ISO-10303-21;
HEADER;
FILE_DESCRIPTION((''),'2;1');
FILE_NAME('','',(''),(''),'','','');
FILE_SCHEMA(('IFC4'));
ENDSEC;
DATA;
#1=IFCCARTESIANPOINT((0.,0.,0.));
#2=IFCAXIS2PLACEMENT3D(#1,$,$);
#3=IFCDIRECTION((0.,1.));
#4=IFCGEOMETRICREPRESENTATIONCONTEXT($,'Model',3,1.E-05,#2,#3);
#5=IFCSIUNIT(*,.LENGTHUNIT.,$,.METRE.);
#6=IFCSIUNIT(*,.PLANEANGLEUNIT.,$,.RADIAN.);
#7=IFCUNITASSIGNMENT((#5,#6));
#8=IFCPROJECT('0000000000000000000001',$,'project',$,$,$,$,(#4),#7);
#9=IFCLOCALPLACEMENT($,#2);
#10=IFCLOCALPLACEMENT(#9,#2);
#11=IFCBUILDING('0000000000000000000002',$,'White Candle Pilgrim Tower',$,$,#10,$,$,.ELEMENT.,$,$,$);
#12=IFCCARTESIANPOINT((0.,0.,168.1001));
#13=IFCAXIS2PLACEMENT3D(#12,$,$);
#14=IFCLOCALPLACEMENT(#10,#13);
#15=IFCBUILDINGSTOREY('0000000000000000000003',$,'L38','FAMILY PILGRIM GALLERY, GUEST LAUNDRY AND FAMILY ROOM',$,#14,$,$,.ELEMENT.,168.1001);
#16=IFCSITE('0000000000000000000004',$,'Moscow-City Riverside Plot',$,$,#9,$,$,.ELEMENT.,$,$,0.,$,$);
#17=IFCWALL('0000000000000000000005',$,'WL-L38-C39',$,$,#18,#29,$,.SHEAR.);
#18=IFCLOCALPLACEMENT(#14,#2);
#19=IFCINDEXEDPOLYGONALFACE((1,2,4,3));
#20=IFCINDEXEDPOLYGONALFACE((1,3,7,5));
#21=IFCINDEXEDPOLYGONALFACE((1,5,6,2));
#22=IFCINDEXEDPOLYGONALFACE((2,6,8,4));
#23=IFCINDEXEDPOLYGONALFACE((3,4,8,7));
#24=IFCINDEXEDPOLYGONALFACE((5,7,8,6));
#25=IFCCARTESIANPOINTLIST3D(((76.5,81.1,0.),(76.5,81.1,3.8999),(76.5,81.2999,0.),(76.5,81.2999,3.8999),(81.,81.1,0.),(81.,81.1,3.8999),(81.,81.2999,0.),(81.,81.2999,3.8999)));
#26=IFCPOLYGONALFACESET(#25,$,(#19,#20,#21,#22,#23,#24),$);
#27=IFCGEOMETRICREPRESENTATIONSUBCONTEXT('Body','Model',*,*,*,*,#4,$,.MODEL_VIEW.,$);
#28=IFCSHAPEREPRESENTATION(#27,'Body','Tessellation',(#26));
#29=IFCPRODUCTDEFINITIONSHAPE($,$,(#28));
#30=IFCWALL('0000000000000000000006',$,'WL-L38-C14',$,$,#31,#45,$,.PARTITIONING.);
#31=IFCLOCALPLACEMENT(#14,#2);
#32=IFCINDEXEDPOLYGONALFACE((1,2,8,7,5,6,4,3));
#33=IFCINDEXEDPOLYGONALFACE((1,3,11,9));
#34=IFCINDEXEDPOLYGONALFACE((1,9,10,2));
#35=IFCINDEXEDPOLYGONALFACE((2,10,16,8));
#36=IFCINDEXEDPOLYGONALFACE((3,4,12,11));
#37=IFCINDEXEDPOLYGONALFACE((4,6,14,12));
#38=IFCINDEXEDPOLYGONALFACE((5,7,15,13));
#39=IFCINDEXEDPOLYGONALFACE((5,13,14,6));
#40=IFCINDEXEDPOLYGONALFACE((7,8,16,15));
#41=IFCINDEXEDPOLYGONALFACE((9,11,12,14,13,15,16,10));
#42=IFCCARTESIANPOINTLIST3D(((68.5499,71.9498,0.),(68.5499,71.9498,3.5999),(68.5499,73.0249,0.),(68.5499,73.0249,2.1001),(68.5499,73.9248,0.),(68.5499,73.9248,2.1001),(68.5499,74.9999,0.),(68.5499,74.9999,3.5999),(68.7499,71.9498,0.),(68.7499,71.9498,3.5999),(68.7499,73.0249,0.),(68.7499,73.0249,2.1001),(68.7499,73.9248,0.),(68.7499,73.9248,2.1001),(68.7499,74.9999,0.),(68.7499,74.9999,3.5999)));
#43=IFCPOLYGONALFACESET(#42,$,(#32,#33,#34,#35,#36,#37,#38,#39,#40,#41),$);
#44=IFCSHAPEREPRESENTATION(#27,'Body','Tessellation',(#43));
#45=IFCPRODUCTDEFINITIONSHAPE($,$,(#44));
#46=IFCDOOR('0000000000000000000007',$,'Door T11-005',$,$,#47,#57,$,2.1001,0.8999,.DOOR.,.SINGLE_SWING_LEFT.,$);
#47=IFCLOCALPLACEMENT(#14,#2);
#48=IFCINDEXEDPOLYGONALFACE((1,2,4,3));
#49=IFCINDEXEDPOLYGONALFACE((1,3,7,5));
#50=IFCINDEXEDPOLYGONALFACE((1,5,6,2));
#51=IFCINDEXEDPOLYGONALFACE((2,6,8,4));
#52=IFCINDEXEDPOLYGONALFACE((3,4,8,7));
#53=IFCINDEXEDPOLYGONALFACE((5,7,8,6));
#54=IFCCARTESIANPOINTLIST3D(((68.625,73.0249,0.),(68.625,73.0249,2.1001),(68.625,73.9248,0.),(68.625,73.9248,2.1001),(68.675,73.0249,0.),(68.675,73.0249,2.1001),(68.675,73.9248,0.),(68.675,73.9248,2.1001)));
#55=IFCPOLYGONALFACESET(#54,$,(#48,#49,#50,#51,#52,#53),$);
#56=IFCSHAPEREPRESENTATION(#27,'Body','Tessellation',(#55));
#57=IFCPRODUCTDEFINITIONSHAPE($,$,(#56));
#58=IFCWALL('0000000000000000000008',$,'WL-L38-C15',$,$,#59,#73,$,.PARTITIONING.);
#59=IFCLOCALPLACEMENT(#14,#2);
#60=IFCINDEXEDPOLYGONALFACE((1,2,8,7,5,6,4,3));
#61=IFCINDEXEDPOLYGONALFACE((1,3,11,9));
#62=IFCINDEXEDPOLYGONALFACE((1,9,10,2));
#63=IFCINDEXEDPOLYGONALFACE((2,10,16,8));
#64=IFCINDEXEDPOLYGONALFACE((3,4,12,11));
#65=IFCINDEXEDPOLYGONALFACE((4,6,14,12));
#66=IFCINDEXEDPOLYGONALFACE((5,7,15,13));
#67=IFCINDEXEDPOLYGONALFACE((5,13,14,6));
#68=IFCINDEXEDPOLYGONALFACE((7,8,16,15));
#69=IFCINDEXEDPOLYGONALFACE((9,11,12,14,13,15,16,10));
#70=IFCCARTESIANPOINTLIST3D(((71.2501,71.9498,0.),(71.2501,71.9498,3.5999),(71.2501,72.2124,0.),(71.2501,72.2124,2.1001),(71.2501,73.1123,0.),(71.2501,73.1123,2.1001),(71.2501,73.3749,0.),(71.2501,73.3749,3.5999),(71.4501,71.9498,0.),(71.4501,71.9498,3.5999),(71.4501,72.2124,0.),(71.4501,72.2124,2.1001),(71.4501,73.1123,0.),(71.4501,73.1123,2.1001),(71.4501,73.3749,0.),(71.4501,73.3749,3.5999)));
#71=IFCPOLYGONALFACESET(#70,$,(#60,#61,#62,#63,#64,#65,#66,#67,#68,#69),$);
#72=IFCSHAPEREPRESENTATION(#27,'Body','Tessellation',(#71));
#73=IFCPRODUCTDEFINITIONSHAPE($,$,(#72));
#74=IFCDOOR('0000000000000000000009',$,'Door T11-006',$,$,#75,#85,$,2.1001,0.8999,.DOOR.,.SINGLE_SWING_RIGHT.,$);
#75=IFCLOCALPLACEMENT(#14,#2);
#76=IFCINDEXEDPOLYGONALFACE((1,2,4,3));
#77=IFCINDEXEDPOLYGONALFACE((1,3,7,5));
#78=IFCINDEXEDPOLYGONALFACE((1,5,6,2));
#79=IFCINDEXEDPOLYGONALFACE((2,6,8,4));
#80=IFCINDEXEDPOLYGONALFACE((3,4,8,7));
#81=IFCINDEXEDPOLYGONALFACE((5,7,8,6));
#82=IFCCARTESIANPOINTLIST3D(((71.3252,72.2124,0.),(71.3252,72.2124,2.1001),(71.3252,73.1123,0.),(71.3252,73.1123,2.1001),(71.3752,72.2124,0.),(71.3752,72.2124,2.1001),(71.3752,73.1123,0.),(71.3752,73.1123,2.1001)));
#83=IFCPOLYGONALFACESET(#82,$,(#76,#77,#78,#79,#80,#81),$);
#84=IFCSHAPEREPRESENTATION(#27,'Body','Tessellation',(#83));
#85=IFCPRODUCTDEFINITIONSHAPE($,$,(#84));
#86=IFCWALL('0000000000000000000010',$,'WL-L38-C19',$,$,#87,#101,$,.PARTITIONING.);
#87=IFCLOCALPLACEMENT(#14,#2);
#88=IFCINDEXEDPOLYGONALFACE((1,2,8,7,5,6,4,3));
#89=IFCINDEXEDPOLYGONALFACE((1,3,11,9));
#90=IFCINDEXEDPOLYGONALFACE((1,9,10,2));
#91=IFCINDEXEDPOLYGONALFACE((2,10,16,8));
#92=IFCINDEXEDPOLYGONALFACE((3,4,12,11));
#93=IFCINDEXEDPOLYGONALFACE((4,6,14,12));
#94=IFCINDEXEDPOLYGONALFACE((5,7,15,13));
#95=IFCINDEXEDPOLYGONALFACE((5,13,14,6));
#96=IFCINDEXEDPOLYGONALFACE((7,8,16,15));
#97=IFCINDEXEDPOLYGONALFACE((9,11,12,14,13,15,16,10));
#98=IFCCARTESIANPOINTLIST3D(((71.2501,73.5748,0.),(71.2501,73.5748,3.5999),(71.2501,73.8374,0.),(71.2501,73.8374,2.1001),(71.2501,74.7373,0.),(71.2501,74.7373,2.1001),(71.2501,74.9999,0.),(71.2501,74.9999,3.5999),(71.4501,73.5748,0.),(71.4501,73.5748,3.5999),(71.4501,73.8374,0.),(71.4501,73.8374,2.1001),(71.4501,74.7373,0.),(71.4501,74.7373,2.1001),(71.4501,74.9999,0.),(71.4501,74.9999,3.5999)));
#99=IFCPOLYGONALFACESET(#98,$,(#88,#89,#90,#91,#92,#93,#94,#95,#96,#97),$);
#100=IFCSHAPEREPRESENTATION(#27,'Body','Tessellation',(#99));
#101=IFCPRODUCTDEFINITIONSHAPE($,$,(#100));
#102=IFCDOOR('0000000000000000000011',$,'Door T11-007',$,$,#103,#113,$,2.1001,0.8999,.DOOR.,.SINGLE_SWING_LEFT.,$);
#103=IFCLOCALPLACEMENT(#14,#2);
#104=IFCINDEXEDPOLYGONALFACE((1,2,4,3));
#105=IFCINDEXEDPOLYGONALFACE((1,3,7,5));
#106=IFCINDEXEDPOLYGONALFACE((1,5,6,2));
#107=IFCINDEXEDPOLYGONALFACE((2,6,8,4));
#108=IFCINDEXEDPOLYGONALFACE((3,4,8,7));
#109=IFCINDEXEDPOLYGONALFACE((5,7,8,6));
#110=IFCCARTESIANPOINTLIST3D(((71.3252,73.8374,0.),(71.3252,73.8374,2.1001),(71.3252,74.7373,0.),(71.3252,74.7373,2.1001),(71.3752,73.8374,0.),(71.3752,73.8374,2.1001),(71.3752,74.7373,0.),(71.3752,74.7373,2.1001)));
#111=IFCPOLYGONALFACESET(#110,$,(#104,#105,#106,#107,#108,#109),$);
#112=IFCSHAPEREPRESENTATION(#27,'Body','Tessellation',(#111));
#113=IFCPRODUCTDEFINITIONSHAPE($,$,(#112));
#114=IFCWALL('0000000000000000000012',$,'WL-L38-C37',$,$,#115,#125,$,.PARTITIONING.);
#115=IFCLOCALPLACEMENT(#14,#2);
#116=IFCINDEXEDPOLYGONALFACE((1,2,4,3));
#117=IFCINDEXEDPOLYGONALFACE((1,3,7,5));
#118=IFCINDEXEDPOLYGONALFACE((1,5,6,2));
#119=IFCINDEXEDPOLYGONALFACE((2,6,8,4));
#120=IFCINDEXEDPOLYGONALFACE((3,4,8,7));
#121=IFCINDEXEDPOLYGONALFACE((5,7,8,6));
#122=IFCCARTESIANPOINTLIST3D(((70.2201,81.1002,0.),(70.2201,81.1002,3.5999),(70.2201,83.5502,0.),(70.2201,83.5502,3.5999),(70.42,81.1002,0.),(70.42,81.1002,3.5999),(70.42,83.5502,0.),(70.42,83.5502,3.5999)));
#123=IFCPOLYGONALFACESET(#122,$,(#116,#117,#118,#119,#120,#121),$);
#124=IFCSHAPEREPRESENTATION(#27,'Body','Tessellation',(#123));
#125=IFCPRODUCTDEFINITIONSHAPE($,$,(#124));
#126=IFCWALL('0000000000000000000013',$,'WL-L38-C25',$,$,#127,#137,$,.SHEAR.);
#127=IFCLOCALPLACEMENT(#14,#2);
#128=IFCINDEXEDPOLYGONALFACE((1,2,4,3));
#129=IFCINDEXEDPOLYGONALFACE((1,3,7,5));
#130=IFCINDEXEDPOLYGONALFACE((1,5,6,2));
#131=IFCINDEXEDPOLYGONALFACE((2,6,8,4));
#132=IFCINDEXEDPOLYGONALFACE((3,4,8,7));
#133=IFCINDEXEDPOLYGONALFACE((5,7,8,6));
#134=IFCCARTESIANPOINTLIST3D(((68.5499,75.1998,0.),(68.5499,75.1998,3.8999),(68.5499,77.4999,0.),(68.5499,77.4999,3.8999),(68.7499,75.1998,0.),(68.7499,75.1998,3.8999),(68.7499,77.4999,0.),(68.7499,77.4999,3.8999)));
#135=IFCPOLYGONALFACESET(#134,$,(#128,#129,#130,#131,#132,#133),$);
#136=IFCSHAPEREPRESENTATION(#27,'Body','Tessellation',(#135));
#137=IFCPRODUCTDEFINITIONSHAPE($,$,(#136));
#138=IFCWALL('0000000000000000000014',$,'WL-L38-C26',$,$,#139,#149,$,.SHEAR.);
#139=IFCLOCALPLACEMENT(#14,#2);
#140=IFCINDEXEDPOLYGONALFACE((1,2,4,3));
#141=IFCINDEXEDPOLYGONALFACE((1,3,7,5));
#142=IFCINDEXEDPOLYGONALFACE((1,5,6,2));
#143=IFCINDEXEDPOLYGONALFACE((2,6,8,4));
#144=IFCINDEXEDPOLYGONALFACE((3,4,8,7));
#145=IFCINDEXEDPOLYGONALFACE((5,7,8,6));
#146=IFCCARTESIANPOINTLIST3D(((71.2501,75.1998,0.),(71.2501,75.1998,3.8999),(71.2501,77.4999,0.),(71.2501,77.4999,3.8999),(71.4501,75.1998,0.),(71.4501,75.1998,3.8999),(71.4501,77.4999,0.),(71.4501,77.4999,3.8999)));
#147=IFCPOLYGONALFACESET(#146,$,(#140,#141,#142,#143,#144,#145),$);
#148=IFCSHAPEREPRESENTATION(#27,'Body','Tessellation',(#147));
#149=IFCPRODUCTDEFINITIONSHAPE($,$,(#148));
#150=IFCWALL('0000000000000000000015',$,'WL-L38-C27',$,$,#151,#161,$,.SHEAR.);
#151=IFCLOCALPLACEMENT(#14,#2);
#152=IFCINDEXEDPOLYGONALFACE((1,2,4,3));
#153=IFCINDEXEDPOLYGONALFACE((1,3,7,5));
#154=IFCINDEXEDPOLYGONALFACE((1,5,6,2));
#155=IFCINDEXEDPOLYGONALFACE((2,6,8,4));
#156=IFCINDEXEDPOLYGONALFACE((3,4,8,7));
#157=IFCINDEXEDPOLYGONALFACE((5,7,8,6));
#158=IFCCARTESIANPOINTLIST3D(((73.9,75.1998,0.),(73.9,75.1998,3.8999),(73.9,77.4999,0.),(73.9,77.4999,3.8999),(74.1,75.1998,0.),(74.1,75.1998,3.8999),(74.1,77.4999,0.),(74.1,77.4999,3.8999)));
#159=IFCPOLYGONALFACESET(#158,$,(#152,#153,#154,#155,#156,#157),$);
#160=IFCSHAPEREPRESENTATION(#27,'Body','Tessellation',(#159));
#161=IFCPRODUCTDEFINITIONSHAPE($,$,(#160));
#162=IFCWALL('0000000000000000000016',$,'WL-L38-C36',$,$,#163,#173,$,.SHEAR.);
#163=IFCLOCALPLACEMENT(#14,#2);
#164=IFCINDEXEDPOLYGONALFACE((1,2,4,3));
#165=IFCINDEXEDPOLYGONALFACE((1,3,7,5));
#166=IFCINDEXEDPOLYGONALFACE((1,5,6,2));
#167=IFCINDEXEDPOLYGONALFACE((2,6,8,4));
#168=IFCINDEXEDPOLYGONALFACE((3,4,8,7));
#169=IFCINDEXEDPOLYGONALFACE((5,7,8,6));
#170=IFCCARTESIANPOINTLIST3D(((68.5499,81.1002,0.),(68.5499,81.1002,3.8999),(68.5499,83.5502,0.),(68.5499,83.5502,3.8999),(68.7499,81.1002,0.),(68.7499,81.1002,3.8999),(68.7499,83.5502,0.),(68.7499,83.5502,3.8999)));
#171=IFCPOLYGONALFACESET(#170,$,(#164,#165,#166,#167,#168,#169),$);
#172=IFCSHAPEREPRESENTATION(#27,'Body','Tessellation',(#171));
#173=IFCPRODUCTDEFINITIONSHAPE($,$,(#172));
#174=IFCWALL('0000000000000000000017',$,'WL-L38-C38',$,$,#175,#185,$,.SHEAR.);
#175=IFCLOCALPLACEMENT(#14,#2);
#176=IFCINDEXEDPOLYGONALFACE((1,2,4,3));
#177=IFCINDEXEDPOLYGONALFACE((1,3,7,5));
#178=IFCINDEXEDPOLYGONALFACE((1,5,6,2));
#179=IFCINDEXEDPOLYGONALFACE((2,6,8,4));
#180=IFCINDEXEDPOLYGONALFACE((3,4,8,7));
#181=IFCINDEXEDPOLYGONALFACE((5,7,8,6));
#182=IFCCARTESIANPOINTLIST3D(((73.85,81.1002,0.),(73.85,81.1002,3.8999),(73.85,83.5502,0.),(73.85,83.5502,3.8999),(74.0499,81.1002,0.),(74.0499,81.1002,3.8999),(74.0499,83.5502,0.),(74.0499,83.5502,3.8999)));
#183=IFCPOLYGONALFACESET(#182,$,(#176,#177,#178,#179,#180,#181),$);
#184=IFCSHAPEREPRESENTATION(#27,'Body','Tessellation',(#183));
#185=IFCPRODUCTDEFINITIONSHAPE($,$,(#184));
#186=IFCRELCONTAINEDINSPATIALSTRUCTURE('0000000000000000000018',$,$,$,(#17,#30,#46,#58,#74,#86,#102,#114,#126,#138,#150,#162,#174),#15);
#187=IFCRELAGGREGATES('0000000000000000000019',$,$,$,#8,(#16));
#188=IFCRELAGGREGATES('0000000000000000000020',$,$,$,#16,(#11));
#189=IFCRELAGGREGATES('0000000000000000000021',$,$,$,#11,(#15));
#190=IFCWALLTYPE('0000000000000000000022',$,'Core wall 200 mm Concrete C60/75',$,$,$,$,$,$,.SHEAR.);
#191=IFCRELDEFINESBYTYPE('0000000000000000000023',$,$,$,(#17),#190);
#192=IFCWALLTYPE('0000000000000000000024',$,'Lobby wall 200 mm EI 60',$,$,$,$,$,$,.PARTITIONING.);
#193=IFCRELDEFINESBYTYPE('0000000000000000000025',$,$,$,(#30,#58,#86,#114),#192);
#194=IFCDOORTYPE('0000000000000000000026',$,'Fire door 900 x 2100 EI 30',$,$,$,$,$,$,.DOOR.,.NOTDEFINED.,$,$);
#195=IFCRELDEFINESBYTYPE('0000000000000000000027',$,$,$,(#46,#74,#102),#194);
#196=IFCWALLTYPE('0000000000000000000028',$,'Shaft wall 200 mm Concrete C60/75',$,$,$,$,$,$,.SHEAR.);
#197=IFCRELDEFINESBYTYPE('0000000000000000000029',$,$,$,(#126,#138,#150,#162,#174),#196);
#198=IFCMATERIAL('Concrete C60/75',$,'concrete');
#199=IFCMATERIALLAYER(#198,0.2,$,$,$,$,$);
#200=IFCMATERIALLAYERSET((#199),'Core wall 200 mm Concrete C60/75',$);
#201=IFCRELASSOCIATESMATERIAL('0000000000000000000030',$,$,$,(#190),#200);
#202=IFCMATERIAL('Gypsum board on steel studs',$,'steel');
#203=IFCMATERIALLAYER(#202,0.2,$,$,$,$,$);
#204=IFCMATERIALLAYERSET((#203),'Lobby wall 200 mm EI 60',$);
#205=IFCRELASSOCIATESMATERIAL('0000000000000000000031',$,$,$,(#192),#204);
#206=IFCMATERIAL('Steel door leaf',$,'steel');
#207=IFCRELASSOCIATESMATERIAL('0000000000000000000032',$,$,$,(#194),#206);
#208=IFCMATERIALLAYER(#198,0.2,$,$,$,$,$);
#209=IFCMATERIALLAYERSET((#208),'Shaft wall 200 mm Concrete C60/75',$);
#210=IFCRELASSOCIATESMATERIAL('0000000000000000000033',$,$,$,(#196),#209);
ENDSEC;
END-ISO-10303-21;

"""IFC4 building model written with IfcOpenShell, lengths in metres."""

from ifc_helpers import new_model, si_unit, direction, frame, frame_2d, origin, place, context, subcontext, project, spatial, rectangle, extrude, material, layer, layer_set, type_object, element, fill, save


model = new_model("IFC4")

# Units and contexts
model_context = context("Model", 3, precision=1e-05, world=origin(), true_north=direction((0.0, 1.0)))
body_context = subcontext(model_context, "Body", "Model", "MODEL_VIEW")
ifc_project = project(units=[si_unit("LENGTHUNIT", "METRE"), si_unit("PLANEANGLEUNIT", "RADIAN")], contexts=[model_context])

# Site, building, storey
site_placement = place(None, origin())
site = spatial("IfcSite", under=ifc_project, at=site_placement, Name="Moscow-City Riverside Plot", CompositionType="ELEMENT", RefElevation=0.0)
building_placement = place(site_placement, origin())
building = spatial("IfcBuilding", under=site, at=building_placement, Name="White Candle Pilgrim Tower", CompositionType="ELEMENT")
storey_placement = place(building_placement, frame((0.0, 0.0, 168.1001)))
storey = spatial("IfcBuildingStorey", under=building, at=storey_placement, Name="L38", Description="FAMILY PILGRIM GALLERY, GUEST LAUNDRY AND FAMILY ROOM", CompositionType="ELEMENT", Elevation=168.1001)

# Wall
ifc_material_1 = material(Name="Concrete C60/75", Category="concrete")
ifc_layer_1 = layer(ifc_material_1, 0.2)
ifc_layer_set_1 = layer_set([ifc_layer_1], Name="Core wall 200 mm Concrete C60/75")
wall_type_1 = type_object("IfcWallType", Name="Core wall 200 mm Concrete C60/75", PredefinedType="SHEAR", material=ifc_layer_set_1)
wall_1_placement = place(storey_placement, frame((76.5, 81.2, 0.0), z_axis=(0.0, 0.0, 1.0), x_axis=(1.0, 0.0, 0.0)))
element("IfcWall", 1, at=wall_1_placement, inside=storey, type_object=wall_type_1, Name="WL-L38-C39", PredefinedType="SHEAR", context=body_context, shape_type="SweptSolid", body=[
    extrude(rectangle(XDim=4.5, YDim=0.2, at=frame_2d((2.25, 0.0))), origin(), (0.0, 0.0, 1.0), 3.8999),
])

# Walls, openings, doors
ifc_material_2 = material(Name="Gypsum board on steel studs", Category="steel")
ifc_layer_2 = layer(ifc_material_2, 0.2)
ifc_layer_set_2 = layer_set([ifc_layer_2], Name="Lobby wall 200 mm EI 60")
wall_type_2 = type_object("IfcWallType", Name="Lobby wall 200 mm EI 60", PredefinedType="PARTITIONING", material=ifc_layer_set_2)
wall_2_placement = place(storey_placement, frame((68.6499, 71.95, 0.0), z_axis=(0.0, 0.0, 1.0), x_axis=(0.0, 1.0, 0.0)))
wall_2 = element("IfcWall", 2, at=wall_2_placement, inside=storey, type_object=wall_type_2, Name="WL-L38-C14", PredefinedType="PARTITIONING", context=body_context, shape_type="SweptSolid", body=[
    extrude(rectangle(XDim=3.05, YDim=0.2, at=frame_2d((1.5249, 0.0))), origin(), (0.0, 0.0, 1.0), 3.5999),
])
opening_1_placement = place(wall_2_placement, frame((1.075, 0.0, 0.0)))
opening_1 = element("IfcOpeningElement", 3, at=opening_1_placement, cuts=wall_2, PredefinedType="OPENING", context=body_context, shape_type="SweptSolid", body=[
    extrude(rectangle(XDim=0.8999, YDim=2.1001, at=frame_2d((0.45, 1.05))), frame((0.0, 0.1099, 0.0), z_axis=(0.0, -1.0, 0.0), x_axis=(1.0, 0.0, 0.0)), (0.0, 0.0, 1.0), 0.22),
])
ifc_material_3 = material(Name="Steel door leaf", Category="steel")
door_type_1 = type_object("IfcDoorType", Name="Fire door 900 x 2100 EI 30", OperationType="NOTDEFINED", PredefinedType="DOOR", material=ifc_material_3)
door_1_placement = place(opening_1_placement, origin())
door_1 = element("IfcDoor", 4, at=door_1_placement, inside=storey, type_object=door_type_1, Name="Door T11-005", OperationType="SINGLE_SWING_LEFT", OverallHeight=2.1001, OverallWidth=0.8999, PredefinedType="DOOR", context=body_context, shape_type="SweptSolid", body=[
    extrude(rectangle(XDim=0.8999, YDim=2.1001, at=frame_2d((0.45, 1.05))), frame((0.0, 0.0249, 0.0), z_axis=(0.0, -1.0, 0.0), x_axis=(1.0, 0.0, 0.0)), (0.0, 0.0, 1.0), 0.05),
])
fill(opening_1, door_1)
wall_3_placement = place(storey_placement, frame((71.3501, 71.95, 0.0), z_axis=(0.0, 0.0, 1.0), x_axis=(0.0, 1.0, 0.0)))
wall_3 = element("IfcWall", 5, at=wall_3_placement, inside=storey, type_object=wall_type_2, Name="WL-L38-C15", PredefinedType="PARTITIONING", context=body_context, shape_type="SweptSolid", body=[
    extrude(rectangle(XDim=1.425, YDim=0.2, at=frame_2d((0.7124, 0.0))), origin(), (0.0, 0.0, 1.0), 3.5999),
])
opening_2_placement = place(wall_3_placement, frame((0.2625, 0.0, 0.0)))
opening_2 = element("IfcOpeningElement", 6, at=opening_2_placement, cuts=wall_3, PredefinedType="OPENING", context=body_context, shape_type="SweptSolid", body=[
    extrude(rectangle(XDim=0.8999, YDim=2.1001, at=frame_2d((0.45, 1.05))), frame((0.0, 0.1099, 0.0), z_axis=(0.0, -1.0, 0.0), x_axis=(1.0, 0.0, 0.0)), (0.0, 0.0, 1.0), 0.22),
])
door_2_placement = place(opening_2_placement, origin())
door_2 = element("IfcDoor", 7, at=door_2_placement, inside=storey, type_object=door_type_1, Name="Door T11-006", OperationType="SINGLE_SWING_RIGHT", OverallHeight=2.1001, OverallWidth=0.8999, PredefinedType="DOOR", context=body_context, shape_type="SweptSolid", body=[
    extrude(rectangle(XDim=0.8999, YDim=2.1001, at=frame_2d((0.45, 1.05))), frame((0.0, 0.0249, 0.0), z_axis=(0.0, -1.0, 0.0), x_axis=(1.0, 0.0, 0.0)), (0.0, 0.0, 1.0), 0.05),
])
fill(opening_2, door_2)
wall_4_placement = place(storey_placement, frame((71.3501, 73.575, 0.0), z_axis=(0.0, 0.0, 1.0), x_axis=(0.0, 1.0, 0.0)))
wall_4 = element("IfcWall", 8, at=wall_4_placement, inside=storey, type_object=wall_type_2, Name="WL-L38-C19", PredefinedType="PARTITIONING", context=body_context, shape_type="SweptSolid", body=[
    extrude(rectangle(XDim=1.425, YDim=0.2, at=frame_2d((0.7124, 0.0))), origin(), (0.0, 0.0, 1.0), 3.5999),
])
opening_3_placement = place(wall_4_placement, frame((0.2625, 0.0, 0.0)))
opening_3 = element("IfcOpeningElement", 9, at=opening_3_placement, cuts=wall_4, PredefinedType="OPENING", context=body_context, shape_type="SweptSolid", body=[
    extrude(rectangle(XDim=0.8999, YDim=2.1001, at=frame_2d((0.45, 1.05))), frame((0.0, 0.1099, 0.0), z_axis=(0.0, -1.0, 0.0), x_axis=(1.0, 0.0, 0.0)), (0.0, 0.0, 1.0), 0.22),
])
door_3_placement = place(opening_3_placement, origin())
door_3 = element("IfcDoor", 10, at=door_3_placement, inside=storey, type_object=door_type_1, Name="Door T11-007", OperationType="SINGLE_SWING_LEFT", OverallHeight=2.1001, OverallWidth=0.8999, PredefinedType="DOOR", context=body_context, shape_type="SweptSolid", body=[
    extrude(rectangle(XDim=0.8999, YDim=2.1001, at=frame_2d((0.45, 1.05))), frame((0.0, 0.0249, 0.0), z_axis=(0.0, -1.0, 0.0), x_axis=(1.0, 0.0, 0.0)), (0.0, 0.0, 1.0), 0.05),
])
fill(opening_3, door_3)

# Walls
wall_5_placement = place(storey_placement, frame((70.3201, 81.1001, 0.0), z_axis=(0.0, 0.0, 1.0), x_axis=(0.0, 1.0, 0.0)))
element("IfcWall", 11, at=wall_5_placement, inside=storey, type_object=wall_type_2, Name="WL-L38-C37", PredefinedType="PARTITIONING", context=body_context, shape_type="SweptSolid", body=[
    extrude(rectangle(XDim=2.45, YDim=0.2, at=frame_2d((1.2251, 0.0))), origin(), (0.0, 0.0, 1.0), 3.5999),
])
ifc_layer_3 = layer(ifc_material_1, 0.2)
ifc_layer_set_3 = layer_set([ifc_layer_3], Name="Shaft wall 200 mm Concrete C60/75")
wall_type_3 = type_object("IfcWallType", Name="Shaft wall 200 mm Concrete C60/75", PredefinedType="SHEAR", material=ifc_layer_set_3)
for number, where, z_axis, x_axis, name in (
    (12, (68.6499, 75.2, 0.0), (0.0, 0.0, 1.0), (0.0, 1.0, 0.0), "WL-L38-C25"),
    (13, (71.3501, 75.2, 0.0), (0.0, 0.0, 1.0), (0.0, 1.0, 0.0), "WL-L38-C26"),
    (14, (74.0, 75.2, 0.0), (0.0, 0.0, 1.0), (0.0, 1.0, 0.0), "WL-L38-C27"),
):
    element("IfcWall", number, at=place(storey_placement, frame(where, z_axis=z_axis, x_axis=x_axis)), inside=storey, type_object=wall_type_3, Name=name, PredefinedType="SHEAR", context=body_context, shape_type="SweptSolid", body=[
        extrude(rectangle(XDim=2.3, YDim=0.2, at=frame_2d((1.1499, 0.0))), origin(), (0.0, 0.0, 1.0), 3.8999),
    ])
for number, where, z_axis, x_axis, name in (
    (15, (68.6499, 81.1001, 0.0), (0.0, 0.0, 1.0), (0.0, 1.0, 0.0), "WL-L38-C36"),
    (16, (73.95, 81.1001, 0.0), (0.0, 0.0, 1.0), (0.0, 1.0, 0.0), "WL-L38-C38"),
):
    element("IfcWall", number, at=place(storey_placement, frame(where, z_axis=z_axis, x_axis=x_axis)), inside=storey, type_object=wall_type_3, Name=name, PredefinedType="SHEAR", context=body_context, shape_type="SweptSolid", body=[
        extrude(rectangle(XDim=2.45, YDim=0.2, at=frame_2d((1.2251, 0.0))), origin(), (0.0, 0.0, 1.0), 3.8999),
    ])

save(model, "model.ifc")
